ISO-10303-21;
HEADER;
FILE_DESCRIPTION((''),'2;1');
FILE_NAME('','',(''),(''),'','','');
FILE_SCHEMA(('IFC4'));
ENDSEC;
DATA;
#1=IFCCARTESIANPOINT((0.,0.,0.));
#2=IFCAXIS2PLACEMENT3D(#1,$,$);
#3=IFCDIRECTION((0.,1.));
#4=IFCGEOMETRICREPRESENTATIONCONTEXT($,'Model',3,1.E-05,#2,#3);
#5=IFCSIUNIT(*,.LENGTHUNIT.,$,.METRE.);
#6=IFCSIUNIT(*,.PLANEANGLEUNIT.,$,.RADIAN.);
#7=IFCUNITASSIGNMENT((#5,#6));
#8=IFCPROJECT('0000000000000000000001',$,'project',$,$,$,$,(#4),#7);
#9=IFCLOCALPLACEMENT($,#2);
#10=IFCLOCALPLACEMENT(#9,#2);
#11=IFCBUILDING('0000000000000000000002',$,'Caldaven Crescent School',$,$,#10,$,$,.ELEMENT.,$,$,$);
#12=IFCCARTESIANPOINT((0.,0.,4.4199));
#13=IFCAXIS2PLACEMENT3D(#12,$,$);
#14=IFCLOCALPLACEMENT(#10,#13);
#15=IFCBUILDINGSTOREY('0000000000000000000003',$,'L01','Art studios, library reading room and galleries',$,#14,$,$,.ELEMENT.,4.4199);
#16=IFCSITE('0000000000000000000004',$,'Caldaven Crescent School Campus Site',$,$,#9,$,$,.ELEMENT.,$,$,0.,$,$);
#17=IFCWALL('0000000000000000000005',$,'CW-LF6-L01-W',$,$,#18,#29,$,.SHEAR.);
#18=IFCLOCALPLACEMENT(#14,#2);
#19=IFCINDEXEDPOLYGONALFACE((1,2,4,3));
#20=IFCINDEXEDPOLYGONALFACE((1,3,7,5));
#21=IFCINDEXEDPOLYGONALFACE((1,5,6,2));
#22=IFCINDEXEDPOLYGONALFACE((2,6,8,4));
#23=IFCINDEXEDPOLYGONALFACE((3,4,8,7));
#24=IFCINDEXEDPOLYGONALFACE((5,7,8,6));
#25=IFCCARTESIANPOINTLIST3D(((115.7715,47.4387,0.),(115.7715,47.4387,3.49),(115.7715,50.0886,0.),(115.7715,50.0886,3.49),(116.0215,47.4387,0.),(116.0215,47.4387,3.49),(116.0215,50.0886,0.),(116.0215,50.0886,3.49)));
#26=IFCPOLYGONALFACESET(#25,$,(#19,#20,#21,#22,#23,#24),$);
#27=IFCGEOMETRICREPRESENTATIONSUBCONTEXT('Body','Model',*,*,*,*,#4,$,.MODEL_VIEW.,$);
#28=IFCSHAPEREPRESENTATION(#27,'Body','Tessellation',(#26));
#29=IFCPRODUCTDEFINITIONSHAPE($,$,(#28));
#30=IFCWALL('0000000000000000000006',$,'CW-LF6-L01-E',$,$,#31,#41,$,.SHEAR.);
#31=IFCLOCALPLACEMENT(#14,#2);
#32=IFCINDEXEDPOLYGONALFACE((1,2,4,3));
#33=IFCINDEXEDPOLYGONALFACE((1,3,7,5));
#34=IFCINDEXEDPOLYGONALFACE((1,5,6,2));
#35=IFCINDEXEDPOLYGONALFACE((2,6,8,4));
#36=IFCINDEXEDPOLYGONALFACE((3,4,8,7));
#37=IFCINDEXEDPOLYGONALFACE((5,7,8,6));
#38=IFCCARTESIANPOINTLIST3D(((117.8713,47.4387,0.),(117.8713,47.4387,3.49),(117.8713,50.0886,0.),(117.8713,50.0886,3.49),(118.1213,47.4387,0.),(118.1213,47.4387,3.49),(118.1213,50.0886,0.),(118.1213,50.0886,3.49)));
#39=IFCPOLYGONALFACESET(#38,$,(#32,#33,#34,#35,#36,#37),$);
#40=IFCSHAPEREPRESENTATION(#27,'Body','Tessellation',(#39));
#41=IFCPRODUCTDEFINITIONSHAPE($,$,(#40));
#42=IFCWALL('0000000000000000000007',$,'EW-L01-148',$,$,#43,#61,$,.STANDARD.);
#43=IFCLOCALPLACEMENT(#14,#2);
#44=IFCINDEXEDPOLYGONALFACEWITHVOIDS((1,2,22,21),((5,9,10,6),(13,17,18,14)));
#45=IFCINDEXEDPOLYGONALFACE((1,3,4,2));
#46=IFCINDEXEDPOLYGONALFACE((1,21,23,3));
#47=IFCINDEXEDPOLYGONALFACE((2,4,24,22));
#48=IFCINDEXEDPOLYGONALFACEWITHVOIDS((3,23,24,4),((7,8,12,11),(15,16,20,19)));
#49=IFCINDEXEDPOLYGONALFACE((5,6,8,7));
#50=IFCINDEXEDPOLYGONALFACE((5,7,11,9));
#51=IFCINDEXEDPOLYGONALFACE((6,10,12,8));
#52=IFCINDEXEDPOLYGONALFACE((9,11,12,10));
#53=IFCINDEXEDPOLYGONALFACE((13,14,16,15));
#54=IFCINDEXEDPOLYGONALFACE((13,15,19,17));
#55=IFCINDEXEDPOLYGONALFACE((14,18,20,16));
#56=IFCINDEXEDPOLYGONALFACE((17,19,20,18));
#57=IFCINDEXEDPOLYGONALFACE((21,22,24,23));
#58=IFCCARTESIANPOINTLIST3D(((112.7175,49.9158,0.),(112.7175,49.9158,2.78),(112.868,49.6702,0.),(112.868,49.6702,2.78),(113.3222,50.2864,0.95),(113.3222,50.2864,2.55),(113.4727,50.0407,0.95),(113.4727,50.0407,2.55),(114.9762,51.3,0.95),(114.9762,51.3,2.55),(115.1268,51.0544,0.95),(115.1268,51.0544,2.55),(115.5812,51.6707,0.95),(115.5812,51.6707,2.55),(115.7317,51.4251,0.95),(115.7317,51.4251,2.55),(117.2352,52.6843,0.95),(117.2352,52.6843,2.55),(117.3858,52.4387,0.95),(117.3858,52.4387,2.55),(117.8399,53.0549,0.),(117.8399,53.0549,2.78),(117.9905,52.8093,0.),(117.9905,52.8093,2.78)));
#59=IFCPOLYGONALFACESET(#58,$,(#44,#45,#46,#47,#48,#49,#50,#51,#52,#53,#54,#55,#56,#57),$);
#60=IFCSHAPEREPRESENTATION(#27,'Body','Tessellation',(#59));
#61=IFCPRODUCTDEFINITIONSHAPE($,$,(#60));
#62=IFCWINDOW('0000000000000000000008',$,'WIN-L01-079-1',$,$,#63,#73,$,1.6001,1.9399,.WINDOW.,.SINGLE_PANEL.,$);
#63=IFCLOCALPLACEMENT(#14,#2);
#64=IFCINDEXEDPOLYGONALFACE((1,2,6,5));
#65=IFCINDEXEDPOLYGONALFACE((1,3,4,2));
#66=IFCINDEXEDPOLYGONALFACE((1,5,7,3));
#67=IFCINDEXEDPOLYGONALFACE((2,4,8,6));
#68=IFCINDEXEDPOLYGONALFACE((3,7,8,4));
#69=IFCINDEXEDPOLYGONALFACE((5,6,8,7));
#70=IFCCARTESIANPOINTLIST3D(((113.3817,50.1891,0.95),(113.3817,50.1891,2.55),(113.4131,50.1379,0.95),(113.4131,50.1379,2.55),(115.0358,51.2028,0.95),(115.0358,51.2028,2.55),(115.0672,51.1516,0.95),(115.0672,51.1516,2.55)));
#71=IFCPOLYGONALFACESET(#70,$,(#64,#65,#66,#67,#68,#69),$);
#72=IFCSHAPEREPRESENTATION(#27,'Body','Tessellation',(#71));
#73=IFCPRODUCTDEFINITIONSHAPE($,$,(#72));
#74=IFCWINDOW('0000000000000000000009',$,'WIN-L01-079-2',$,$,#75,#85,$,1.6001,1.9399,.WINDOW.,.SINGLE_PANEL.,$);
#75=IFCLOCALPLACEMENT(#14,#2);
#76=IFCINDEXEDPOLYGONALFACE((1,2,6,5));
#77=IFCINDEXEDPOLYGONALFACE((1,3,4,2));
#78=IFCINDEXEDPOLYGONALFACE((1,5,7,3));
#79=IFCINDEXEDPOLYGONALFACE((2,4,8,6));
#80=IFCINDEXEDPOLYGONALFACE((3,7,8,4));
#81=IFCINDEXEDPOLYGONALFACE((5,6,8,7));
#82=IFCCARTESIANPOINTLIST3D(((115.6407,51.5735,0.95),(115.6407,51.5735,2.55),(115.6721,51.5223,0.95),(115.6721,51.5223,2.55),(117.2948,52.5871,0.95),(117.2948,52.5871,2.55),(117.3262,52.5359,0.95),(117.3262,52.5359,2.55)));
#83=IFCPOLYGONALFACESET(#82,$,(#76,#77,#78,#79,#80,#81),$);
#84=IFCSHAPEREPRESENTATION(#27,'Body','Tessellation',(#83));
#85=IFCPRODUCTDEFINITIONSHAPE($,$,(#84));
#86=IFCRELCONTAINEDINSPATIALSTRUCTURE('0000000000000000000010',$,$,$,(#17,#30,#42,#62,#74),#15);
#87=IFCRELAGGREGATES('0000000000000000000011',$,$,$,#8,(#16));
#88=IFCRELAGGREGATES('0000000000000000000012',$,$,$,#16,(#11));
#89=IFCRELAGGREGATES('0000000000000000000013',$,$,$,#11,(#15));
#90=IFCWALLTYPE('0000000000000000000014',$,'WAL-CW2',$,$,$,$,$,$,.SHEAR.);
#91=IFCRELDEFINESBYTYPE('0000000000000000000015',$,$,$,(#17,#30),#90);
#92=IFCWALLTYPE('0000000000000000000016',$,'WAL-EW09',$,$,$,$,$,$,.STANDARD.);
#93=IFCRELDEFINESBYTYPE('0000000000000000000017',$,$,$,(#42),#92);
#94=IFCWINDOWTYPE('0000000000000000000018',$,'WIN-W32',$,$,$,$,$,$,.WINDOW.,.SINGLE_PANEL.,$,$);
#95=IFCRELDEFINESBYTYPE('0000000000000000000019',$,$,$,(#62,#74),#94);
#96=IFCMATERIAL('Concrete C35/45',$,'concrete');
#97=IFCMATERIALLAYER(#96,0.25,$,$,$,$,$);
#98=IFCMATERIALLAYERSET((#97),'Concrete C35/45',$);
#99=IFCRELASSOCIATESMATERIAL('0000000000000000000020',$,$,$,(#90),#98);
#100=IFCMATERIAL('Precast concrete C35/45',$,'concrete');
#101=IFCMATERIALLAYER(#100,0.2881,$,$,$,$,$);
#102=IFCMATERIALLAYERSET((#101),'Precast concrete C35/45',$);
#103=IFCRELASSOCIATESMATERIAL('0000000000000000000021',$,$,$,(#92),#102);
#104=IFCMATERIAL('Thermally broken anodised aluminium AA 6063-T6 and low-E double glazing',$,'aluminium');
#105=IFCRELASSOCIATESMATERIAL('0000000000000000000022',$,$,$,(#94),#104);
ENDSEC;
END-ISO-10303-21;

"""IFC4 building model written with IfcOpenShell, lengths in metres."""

from ifc_helpers import new_model, si_unit, direction, frame, frame_2d, origin, place, context, subcontext, project, spatial, rectangle, extrude, material, layer, layer_set, type_object, element, fill, save


model = new_model("IFC4")

# Units and contexts
model_context = context("Model", 3, precision=1e-05, world=origin(), true_north=direction((0.0, 1.0)))
body_context = subcontext(model_context, "Body", "Model", "MODEL_VIEW")
ifc_project = project(units=[si_unit("LENGTHUNIT", "METRE"), si_unit("PLANEANGLEUNIT", "RADIAN")], contexts=[model_context])

# Site, building, storey
site_placement = place(None, origin())
site = spatial("IfcSite", under=ifc_project, at=site_placement, Name="Caldaven Crescent School Campus Site", CompositionType="ELEMENT", RefElevation=0.0)
building_placement = place(site_placement, origin())
building = spatial("IfcBuilding", under=site, at=building_placement, Name="Caldaven Crescent School", CompositionType="ELEMENT")
storey_placement = place(building_placement, frame((0.0, 0.0, 4.4199)))
storey = spatial("IfcBuildingStorey", under=building, at=storey_placement, Name="L01", Description="Art studios, library reading room and galleries", CompositionType="ELEMENT", Elevation=4.4199)

# Shared definitions
ifc_material_1 = material(Name="Concrete C35/45", Category="concrete")

# Walls
ifc_layer_1 = layer(ifc_material_1, 0.25)
ifc_layer_set_1 = layer_set([ifc_layer_1], Name="Concrete C35/45")
wall_type_1 = type_object("IfcWallType", Name="WAL-CW2", PredefinedType="SHEAR", material=ifc_layer_set_1)
for number, where, z_axis, x_axis, name in (
    (1, (115.8965, 47.4387, 0.0), (0.0, 0.0, 1.0), (0.0, 1.0, 0.0), "CW-LF6-L01-W"),
    (2, (117.9963, 47.4387, 0.0), (0.0, 0.0, 1.0), (0.0, 1.0, 0.0), "CW-LF6-L01-E"),
):
    element("IfcWall", number, at=place(storey_placement, frame(where, z_axis=z_axis, x_axis=x_axis)), inside=storey, type_object=wall_type_1, Name=name, PredefinedType="SHEAR", context=body_context, shape_type="SweptSolid", body=[
        extrude(rectangle(XDim=2.6499, YDim=0.25, at=frame_2d((1.325, 0.0))), origin(), (0.0, 0.0, 1.0), 3.49),
    ])

# Wall, openings, windows
ifc_material_2 = material(Name="Precast concrete C35/45", Category="concrete")
ifc_layer_2 = layer(ifc_material_2, 0.2881)
ifc_layer_set_2 = layer_set([ifc_layer_2], Name="Precast concrete C35/45")
wall_type_2 = type_object("IfcWallType", Name="WAL-EW09", PredefinedType="STANDARD", material=ifc_layer_set_2)
wall_1_placement = place(storey_placement, frame((112.7927, 49.793, 0.0), z_axis=(0.0, 0.0, 1.0), x_axis=(0.852636, 0.522505, 0.0)))
wall_1 = element("IfcWall", 3, at=wall_1_placement, inside=storey, type_object=wall_type_2, Name="EW-L01-148", PredefinedType="STANDARD", context=body_context, shape_type="SweptSolid", body=[
    extrude(rectangle(XDim=6.0078, YDim=0.2881, at=frame_2d((3.0039, 0.0))), origin(), (0.0, 0.0, 1.0), 2.78),
])
opening_1_placement = place(wall_1_placement, frame((0.7092, 0.0, 0.95)))
opening_1 = element("IfcOpeningElement", 4, at=opening_1_placement, cuts=wall_1, PredefinedType="OPENING", context=body_context, shape_type="SweptSolid", body=[
    extrude(rectangle(XDim=1.9399, YDim=1.6001, at=frame_2d((0.97, 0.8))), frame((0.0, 0.1541, 0.0), z_axis=(0.0, -1.0, 0.0), x_axis=(1.0, 0.0, 0.0)), (0.0, 0.0, 1.0), 0.3081),
])
opening_2_placement = place(wall_1_placement, frame((3.3586, 0.0, 0.95)))
opening_2 = element("IfcOpeningElement", 5, at=opening_2_placement, cuts=wall_1, PredefinedType="OPENING", context=body_context, shape_type="SweptSolid", body=[
    extrude(rectangle(XDim=1.9399, YDim=1.6001, at=frame_2d((0.97, 0.8))), frame((0.0, 0.1541, 0.0), z_axis=(0.0, -1.0, 0.0), x_axis=(1.0, 0.0, 0.0)), (0.0, 0.0, 1.0), 0.3081),
])
ifc_material_3 = material(Name="Thermally broken anodised aluminium AA 6063-T6 and low-E double glazing", Category="aluminium")
window_type = type_object("IfcWindowType", Name="WIN-W32", PartitioningType="SINGLE_PANEL", PredefinedType="WINDOW", material=ifc_material_3)
window_1_placement = place(opening_1_placement, origin())
window_1 = element("IfcWindow", 6, at=window_1_placement, inside=storey, type_object=window_type, Name="WIN-L01-079-1", OverallHeight=1.6001, OverallWidth=1.9399, PartitioningType="SINGLE_PANEL", PredefinedType="WINDOW", context=body_context, shape_type="SweptSolid", body=[
    extrude(rectangle(XDim=1.9399, YDim=1.6001, at=frame_2d((0.97, 0.8))), frame((0.0, 0.03, 0.0), z_axis=(0.0, -1.0, 0.0), x_axis=(1.0, 0.0, 0.0)), (0.0, 0.0, 1.0), 0.0601),
])
fill(opening_1, window_1)
window_2_placement = place(opening_2_placement, origin())
window_2 = element("IfcWindow", 7, at=window_2_placement, inside=storey, type_object=window_type, Name="WIN-L01-079-2", OverallHeight=1.6001, OverallWidth=1.9399, PartitioningType="SINGLE_PANEL", PredefinedType="WINDOW", context=body_context, shape_type="SweptSolid", body=[
    extrude(rectangle(XDim=1.9399, YDim=1.6001, at=frame_2d((0.97, 0.8))), frame((0.0, 0.03, 0.0), z_axis=(0.0, -1.0, 0.0), x_axis=(1.0, 0.0, 0.0)), (0.0, 0.0, 1.0), 0.0601),
])
fill(opening_2, window_2)

save(model, "model.ifc")
